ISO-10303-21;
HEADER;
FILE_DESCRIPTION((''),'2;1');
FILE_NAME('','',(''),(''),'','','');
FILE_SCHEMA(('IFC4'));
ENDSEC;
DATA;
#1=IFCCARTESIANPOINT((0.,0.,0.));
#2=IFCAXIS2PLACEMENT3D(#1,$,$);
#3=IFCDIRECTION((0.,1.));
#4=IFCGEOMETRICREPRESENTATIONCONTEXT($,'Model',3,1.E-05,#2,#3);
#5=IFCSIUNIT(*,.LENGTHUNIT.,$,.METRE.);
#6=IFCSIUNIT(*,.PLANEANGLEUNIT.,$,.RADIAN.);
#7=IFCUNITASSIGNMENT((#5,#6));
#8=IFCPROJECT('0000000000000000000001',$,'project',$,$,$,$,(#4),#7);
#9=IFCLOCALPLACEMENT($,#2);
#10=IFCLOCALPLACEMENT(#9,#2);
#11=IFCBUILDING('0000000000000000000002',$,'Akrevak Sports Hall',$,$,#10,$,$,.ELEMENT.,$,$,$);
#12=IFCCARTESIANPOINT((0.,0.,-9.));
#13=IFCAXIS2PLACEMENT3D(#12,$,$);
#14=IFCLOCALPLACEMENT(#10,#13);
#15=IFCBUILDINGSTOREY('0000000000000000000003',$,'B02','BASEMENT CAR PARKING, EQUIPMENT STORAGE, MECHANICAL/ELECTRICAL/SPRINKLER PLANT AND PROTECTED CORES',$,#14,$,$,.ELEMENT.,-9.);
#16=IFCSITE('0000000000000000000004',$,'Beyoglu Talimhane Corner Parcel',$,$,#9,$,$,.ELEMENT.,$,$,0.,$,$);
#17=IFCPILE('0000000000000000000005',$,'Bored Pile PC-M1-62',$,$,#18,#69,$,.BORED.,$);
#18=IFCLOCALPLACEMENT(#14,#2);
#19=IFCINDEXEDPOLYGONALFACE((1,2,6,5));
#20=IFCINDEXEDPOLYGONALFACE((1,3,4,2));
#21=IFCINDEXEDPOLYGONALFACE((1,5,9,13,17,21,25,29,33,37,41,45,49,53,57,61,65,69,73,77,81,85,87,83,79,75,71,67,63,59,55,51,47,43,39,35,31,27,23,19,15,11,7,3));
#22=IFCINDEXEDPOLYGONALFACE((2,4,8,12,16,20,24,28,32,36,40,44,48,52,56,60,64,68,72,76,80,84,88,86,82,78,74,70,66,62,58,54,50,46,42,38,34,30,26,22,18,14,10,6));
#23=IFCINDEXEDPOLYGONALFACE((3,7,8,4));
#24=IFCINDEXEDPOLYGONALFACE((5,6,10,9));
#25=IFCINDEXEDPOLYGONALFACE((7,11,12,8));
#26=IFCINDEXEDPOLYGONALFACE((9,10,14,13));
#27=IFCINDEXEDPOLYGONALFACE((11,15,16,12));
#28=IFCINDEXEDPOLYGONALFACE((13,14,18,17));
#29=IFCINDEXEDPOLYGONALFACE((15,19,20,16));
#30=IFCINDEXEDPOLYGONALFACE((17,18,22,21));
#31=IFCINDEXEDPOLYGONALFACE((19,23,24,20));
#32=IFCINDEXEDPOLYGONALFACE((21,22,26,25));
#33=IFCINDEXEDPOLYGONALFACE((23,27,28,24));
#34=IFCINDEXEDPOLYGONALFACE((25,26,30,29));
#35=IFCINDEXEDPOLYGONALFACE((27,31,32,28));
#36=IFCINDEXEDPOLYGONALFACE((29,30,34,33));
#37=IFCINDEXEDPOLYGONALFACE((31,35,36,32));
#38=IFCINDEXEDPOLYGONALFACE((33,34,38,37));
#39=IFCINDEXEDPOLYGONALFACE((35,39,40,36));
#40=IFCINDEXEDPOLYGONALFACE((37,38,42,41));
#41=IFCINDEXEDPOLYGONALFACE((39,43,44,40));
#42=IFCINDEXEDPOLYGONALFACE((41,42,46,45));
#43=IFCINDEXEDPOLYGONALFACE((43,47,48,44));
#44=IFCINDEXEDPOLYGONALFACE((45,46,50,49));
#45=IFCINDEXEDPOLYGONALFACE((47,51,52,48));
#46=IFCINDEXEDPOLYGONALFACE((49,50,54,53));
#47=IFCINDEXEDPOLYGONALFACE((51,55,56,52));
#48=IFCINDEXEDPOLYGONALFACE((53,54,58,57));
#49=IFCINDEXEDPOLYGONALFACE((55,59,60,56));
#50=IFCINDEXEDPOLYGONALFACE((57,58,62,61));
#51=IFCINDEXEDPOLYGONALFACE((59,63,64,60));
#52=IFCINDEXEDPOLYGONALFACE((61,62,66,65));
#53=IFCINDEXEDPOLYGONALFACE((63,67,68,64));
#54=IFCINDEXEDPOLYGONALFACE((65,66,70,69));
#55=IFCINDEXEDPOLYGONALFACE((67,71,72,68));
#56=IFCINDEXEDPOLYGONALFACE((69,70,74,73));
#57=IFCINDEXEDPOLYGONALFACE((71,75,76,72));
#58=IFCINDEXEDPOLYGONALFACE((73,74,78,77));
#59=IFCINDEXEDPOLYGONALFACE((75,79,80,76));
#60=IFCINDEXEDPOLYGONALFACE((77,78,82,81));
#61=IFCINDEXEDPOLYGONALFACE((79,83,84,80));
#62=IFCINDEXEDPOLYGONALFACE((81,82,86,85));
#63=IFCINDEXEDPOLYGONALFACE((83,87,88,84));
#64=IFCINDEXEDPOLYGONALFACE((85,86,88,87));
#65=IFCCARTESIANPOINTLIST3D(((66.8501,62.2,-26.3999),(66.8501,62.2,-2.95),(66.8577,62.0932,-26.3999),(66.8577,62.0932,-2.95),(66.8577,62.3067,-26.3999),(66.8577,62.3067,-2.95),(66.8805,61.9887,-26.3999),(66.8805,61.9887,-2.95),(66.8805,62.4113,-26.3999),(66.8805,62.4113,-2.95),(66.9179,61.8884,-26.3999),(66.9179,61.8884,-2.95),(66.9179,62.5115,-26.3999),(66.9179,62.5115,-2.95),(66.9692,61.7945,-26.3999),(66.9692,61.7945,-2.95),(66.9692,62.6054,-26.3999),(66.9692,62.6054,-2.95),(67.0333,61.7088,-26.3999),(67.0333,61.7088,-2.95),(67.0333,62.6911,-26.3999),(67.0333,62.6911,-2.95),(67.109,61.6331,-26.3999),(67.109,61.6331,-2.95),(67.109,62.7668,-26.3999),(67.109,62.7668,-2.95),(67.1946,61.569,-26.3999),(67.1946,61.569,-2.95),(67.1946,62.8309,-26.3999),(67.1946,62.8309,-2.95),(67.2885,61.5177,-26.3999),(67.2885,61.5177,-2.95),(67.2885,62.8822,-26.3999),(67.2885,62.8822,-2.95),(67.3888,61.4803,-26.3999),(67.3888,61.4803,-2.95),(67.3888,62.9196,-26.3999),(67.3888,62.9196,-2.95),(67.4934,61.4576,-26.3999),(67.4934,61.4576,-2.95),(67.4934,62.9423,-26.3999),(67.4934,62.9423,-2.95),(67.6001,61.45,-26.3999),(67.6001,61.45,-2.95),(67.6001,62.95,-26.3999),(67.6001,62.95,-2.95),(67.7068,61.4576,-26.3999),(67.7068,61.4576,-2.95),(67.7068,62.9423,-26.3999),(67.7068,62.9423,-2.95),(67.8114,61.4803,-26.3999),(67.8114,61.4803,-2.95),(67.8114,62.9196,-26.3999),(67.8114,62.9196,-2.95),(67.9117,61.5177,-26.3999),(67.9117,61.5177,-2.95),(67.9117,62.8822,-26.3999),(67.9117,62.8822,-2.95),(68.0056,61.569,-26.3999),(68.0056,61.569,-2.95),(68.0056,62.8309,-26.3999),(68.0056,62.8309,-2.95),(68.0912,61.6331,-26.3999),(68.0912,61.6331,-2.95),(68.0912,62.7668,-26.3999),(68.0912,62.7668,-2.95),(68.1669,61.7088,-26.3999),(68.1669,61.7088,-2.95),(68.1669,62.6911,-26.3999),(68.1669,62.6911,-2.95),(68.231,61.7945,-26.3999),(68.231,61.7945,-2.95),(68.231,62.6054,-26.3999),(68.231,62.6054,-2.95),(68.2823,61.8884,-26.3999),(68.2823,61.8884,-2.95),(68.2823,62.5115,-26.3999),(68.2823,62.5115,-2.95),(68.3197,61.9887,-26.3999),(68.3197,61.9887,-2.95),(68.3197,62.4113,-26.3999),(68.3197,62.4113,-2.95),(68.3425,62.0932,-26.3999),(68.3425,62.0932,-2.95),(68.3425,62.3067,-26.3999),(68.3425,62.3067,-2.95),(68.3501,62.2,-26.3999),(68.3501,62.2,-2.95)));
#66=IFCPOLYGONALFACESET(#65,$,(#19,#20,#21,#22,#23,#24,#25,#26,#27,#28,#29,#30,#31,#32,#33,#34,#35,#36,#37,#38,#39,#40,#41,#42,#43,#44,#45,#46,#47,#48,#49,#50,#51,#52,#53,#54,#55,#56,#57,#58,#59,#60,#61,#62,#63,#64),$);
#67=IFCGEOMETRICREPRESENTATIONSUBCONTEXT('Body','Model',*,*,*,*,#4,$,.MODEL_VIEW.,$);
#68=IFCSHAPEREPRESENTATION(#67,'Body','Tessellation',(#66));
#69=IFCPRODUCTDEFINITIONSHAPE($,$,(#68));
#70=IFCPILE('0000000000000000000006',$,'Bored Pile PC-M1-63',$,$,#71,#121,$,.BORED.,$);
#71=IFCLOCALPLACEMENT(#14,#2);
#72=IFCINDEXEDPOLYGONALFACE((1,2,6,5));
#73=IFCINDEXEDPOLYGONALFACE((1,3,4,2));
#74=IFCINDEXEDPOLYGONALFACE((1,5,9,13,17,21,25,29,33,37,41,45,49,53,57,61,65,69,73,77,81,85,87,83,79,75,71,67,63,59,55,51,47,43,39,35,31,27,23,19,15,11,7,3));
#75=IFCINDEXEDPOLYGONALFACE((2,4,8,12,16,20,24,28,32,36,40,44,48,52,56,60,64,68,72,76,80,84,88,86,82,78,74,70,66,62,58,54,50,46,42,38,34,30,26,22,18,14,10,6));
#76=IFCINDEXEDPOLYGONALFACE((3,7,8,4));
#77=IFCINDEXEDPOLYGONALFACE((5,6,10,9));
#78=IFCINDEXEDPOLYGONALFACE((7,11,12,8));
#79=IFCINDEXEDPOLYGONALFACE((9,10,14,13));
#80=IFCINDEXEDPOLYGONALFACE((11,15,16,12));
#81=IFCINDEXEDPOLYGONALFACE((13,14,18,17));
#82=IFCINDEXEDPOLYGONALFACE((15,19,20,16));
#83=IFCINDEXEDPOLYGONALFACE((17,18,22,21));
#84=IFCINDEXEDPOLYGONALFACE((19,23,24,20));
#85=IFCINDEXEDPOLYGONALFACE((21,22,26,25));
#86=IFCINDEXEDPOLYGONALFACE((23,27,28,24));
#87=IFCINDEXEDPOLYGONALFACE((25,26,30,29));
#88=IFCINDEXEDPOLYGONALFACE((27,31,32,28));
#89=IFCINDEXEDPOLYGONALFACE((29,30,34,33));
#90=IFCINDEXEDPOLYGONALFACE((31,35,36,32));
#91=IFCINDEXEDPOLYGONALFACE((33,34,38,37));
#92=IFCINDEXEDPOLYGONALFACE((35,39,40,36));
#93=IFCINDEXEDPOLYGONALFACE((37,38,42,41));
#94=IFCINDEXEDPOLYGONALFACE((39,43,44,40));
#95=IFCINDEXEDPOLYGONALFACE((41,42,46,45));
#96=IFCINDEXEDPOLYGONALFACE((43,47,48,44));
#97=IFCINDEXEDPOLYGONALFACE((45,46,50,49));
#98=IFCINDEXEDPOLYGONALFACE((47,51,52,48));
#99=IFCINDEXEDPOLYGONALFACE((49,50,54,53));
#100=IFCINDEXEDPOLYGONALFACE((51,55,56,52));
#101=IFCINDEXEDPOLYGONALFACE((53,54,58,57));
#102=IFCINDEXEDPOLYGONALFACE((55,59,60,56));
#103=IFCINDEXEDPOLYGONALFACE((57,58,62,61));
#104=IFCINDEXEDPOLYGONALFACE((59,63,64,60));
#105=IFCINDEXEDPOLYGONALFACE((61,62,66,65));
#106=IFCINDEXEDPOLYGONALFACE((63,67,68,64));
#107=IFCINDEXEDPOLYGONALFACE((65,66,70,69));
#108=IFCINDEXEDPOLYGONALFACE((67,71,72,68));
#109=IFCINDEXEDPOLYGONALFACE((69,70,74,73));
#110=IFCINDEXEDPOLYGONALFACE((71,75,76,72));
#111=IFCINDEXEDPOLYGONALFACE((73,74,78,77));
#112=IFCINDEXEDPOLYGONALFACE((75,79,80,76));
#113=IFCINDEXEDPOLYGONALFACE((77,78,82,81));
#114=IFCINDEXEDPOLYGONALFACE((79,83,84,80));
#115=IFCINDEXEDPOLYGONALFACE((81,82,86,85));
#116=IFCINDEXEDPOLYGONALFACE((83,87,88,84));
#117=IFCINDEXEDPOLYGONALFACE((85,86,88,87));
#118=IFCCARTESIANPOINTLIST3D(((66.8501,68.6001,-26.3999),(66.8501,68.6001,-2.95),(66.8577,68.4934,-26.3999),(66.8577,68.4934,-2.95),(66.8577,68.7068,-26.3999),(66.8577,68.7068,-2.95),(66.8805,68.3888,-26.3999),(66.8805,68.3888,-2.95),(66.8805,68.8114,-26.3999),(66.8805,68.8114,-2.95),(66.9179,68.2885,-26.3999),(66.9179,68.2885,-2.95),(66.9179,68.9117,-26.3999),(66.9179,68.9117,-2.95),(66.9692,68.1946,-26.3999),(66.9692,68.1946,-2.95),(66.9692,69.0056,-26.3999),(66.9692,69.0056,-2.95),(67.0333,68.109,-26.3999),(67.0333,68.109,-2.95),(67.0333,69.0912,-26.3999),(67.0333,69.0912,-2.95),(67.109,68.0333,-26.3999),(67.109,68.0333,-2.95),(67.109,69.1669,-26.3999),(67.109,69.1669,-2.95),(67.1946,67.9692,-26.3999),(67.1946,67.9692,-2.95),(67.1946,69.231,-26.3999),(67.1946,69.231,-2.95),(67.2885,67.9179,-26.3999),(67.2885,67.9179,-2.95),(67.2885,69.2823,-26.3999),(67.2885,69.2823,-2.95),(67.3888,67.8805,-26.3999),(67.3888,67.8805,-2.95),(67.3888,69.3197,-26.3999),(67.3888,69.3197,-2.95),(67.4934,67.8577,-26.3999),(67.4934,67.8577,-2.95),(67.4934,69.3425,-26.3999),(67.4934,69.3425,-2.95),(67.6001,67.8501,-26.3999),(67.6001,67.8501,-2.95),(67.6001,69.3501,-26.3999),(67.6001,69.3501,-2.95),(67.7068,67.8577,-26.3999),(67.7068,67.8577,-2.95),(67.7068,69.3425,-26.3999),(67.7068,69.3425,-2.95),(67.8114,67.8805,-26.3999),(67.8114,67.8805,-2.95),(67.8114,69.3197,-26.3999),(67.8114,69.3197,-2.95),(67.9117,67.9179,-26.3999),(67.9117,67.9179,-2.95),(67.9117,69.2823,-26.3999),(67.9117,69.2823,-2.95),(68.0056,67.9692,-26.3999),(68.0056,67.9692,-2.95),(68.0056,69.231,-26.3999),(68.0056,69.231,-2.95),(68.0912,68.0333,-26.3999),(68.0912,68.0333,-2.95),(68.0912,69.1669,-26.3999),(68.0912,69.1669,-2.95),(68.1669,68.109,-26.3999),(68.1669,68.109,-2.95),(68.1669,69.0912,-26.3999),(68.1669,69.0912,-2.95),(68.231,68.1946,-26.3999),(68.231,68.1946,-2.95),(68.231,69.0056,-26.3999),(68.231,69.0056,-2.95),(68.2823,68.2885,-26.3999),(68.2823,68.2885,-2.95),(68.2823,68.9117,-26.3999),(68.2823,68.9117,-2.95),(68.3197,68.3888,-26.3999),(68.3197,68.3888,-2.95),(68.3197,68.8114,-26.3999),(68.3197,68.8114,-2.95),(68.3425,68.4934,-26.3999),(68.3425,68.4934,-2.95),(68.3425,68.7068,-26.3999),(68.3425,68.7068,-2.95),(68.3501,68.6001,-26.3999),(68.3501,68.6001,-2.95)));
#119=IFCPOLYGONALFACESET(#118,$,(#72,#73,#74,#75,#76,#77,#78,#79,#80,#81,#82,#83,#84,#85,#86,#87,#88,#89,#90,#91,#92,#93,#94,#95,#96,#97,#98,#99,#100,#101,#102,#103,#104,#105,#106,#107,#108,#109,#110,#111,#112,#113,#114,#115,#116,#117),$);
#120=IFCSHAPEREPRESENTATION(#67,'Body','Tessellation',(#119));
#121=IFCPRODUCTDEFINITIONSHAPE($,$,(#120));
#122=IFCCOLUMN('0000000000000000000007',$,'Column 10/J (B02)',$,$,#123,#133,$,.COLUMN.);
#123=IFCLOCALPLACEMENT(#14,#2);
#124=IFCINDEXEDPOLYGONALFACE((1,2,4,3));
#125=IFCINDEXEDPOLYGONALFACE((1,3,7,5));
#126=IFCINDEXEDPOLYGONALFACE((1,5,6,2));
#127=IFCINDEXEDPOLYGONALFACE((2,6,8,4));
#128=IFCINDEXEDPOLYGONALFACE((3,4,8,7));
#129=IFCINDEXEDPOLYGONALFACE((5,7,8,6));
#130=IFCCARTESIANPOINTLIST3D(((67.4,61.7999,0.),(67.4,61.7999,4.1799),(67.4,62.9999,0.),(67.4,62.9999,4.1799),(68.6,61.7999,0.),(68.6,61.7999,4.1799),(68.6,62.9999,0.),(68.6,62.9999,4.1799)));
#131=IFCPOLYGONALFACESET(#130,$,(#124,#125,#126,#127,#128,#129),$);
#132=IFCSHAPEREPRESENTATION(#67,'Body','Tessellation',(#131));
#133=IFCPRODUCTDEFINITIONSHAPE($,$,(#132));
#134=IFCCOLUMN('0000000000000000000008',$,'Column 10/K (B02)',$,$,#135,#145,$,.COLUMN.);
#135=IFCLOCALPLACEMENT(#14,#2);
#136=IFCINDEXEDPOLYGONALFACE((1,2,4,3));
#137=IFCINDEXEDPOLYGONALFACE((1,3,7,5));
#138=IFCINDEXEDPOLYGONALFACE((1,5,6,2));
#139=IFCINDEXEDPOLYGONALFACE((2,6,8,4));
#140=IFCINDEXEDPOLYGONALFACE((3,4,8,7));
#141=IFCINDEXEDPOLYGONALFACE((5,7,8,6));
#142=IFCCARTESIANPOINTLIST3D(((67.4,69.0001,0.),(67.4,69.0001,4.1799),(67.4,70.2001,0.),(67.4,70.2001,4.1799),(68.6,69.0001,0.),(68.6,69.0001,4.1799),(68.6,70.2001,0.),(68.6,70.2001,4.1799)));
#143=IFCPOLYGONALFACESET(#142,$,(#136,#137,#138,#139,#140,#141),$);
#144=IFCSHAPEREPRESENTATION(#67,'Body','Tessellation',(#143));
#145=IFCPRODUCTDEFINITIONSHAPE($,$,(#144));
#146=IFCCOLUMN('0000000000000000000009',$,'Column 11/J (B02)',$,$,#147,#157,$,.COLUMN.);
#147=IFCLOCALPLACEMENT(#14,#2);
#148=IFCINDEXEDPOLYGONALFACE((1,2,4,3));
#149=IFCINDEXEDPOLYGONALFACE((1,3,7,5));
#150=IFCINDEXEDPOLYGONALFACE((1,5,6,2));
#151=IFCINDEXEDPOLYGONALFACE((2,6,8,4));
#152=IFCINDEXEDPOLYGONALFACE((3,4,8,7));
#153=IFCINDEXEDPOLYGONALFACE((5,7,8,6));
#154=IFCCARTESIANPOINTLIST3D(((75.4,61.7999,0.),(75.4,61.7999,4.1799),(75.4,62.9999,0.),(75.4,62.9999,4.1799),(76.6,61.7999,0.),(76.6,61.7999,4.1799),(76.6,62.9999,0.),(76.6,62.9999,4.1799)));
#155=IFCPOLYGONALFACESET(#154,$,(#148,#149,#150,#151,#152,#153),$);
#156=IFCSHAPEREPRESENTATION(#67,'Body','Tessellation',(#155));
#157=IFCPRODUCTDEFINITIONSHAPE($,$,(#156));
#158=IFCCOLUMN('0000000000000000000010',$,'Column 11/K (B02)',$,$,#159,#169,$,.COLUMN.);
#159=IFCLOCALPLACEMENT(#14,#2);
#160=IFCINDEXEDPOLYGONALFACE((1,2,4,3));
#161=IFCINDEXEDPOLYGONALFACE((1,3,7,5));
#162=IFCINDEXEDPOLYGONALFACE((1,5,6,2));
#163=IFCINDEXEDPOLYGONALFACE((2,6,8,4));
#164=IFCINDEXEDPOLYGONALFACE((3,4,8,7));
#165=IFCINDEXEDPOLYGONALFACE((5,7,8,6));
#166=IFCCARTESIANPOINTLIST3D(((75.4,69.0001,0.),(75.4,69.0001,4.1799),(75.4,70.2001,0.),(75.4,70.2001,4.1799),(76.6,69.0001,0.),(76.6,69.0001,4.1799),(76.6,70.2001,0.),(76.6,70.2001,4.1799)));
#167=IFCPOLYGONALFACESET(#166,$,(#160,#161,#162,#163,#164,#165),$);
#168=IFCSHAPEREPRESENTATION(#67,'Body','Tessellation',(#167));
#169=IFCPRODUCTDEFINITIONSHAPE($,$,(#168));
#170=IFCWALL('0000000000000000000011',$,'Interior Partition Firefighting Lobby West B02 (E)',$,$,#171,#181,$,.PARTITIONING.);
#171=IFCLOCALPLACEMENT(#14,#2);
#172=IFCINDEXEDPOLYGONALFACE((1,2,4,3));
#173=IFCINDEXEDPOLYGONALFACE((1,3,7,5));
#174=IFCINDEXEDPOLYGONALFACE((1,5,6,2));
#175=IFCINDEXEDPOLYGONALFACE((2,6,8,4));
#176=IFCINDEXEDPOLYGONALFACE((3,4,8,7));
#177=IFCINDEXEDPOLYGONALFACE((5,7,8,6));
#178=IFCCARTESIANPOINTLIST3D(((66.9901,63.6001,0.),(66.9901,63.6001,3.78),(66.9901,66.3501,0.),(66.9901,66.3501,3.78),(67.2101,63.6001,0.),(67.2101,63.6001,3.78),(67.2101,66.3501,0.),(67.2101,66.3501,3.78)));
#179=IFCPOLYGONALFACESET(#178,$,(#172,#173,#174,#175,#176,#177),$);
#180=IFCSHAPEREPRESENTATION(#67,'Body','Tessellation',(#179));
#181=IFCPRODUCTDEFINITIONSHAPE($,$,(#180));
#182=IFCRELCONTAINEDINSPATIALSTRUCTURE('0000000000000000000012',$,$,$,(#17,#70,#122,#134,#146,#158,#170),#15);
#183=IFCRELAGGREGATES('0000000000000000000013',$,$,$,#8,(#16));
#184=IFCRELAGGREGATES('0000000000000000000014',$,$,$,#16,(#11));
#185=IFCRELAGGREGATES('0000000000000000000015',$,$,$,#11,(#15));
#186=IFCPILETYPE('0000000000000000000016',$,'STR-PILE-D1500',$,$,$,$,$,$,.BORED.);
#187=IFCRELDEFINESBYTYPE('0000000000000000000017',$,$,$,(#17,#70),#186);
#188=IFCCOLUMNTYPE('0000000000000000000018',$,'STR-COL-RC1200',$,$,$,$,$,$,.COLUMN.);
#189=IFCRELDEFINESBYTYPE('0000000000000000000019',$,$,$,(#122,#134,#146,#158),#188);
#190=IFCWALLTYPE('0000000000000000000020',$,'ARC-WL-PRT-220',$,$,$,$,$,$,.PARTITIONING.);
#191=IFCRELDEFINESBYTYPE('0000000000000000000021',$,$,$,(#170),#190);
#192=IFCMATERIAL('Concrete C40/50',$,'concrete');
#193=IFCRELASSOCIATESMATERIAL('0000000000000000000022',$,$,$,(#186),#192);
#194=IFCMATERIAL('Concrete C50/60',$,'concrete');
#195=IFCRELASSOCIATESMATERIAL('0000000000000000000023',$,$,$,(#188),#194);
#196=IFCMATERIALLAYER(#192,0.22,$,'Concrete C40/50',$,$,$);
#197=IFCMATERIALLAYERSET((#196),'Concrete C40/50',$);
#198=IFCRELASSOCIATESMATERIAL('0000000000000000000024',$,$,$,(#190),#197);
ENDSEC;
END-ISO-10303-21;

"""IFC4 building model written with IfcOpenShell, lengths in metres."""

from ifc_helpers import new_model, si_unit, direction, frame, frame_2d, origin, origin_2d, place, context, subcontext, project, spatial, rectangle, circle, extrude, material, layer, layer_set, material_profile, profile_set, type_object, element, save


model = new_model("IFC4")

# Units and contexts
model_context = context("Model", 3, precision=1e-05, world=origin(), true_north=direction((0.0, 1.0)))
body_context = subcontext(model_context, "Body", "Model", "MODEL_VIEW")
ifc_project = project(units=[si_unit("LENGTHUNIT", "METRE"), si_unit("PLANEANGLEUNIT", "RADIAN")], contexts=[model_context])

# Site, building, storey
site_placement = place(None, origin())
site = spatial("IfcSite", under=ifc_project, at=site_placement, Name="Beyoglu Talimhane Corner Parcel", CompositionType="ELEMENT", RefElevation=0.0)
building_placement = place(site_placement, origin())
building = spatial("IfcBuilding", under=site, at=building_placement, Name="Akrevak Sports Hall", CompositionType="ELEMENT")
storey_placement = place(building_placement, frame((0.0, 0.0, -9.0)))
storey = spatial("IfcBuildingStorey", under=building, at=storey_placement, Name="B02", Description="BASEMENT CAR PARKING, EQUIPMENT STORAGE, MECHANICAL/ELECTRICAL/SPRINKLER PLANT AND PROTECTED CORES", CompositionType="ELEMENT", Elevation=-9.0)

# Shared definitions
ifc_material_1 = material(Name="Concrete C40/50", Category="concrete")

# Piles
ifc_material_profile_1 = material_profile(ifc_material_1, circle(Radius=0.75, at=origin_2d()), Name="BORED PILE D1500", Category="concrete")
ifc_profile_set_1 = profile_set([ifc_material_profile_1], Name="Concrete C40/50")
pile_type_1 = type_object("IfcPileType", Name="STR-PILE-D1500", PredefinedType="BORED", material=ifc_profile_set_1)
for number, where, z_axis, x_axis, name in (
    (1, (67.6001, 62.2, -2.95), (0.0, 0.0, -1.0), (1.0, 0.0, 0.0), "Bored Pile PC-M1-62"),
    (2, (67.6001, 68.6001, -2.95), (0.0, 0.0, -1.0), (1.0, 0.0, 0.0), "Bored Pile PC-M1-63"),
):
    element("IfcPile", number, at=place(storey_placement, frame(where, z_axis=z_axis, x_axis=x_axis)), inside=storey, type_object=pile_type_1, Name=name, PredefinedType="BORED", context=body_context, shape_type="SweptSolid", body=[
        extrude(circle(Radius=0.75, at=origin_2d()), origin(), (0.0, 0.0, 1.0), 23.45),
    ])

# Columns
ifc_material_2 = material(Name="Concrete C50/60", Category="concrete")
ifc_material_profile_2 = material_profile(ifc_material_2, rectangle(XDim=1.2, YDim=1.2, at=origin_2d()), Name="RC 1200x1200", Category="concrete")
ifc_profile_set_2 = profile_set([ifc_material_profile_2], Name="Concrete C50/60")
column_type = type_object("IfcColumnType", Name="STR-COL-RC1200", PredefinedType="COLUMN", material=ifc_profile_set_2)
for number, where, z_axis, x_axis, name in (
    (3, (68.0, 62.3999, 0.0), (0.0, 0.0, 1.0), (1.0, 0.0, 0.0), "Column 10/J (B02)"),
    (4, (68.0, 69.6001, 0.0), (0.0, 0.0, 1.0), (1.0, 0.0, 0.0), "Column 10/K (B02)"),
    (5, (76.0, 62.3999, 0.0), (0.0, 0.0, 1.0), (1.0, 0.0, 0.0), "Column 11/J (B02)"),
    (6, (76.0, 69.6001, 0.0), (0.0, 0.0, 1.0), (1.0, 0.0, 0.0), "Column 11/K (B02)"),
):
    element("IfcColumn", number, at=place(storey_placement, frame(where, z_axis=z_axis, x_axis=x_axis)), inside=storey, type_object=column_type, Name=name, PredefinedType="COLUMN", context=body_context, shape_type="SweptSolid", body=[
        extrude(rectangle(XDim=1.2, YDim=1.2, at=origin_2d()), origin(), (0.0, 0.0, 1.0), 4.1799),
    ])

# Wall
ifc_layer_1 = layer(ifc_material_1, 0.22, Name="Concrete C40/50")
ifc_layer_set_1 = layer_set([ifc_layer_1], Name="Concrete C40/50")
wall_type_1 = type_object("IfcWallType", Name="ARC-WL-PRT-220", PredefinedType="PARTITIONING", material=ifc_layer_set_1)
wall_1_placement = place(storey_placement, frame((67.1001, 63.6001, 0.0), z_axis=(0.0, 0.0, 1.0), x_axis=(0.0, 1.0, 0.0)))
element("IfcWall", 7, at=wall_1_placement, inside=storey, type_object=wall_type_1, Name="Interior Partition Firefighting Lobby West B02 (E)", PredefinedType="PARTITIONING", context=body_context, shape_type="SweptSolid", body=[
    extrude(rectangle(XDim=2.75, YDim=0.22, at=frame_2d((1.375, 0.0))), origin(), (0.0, 0.0, 1.0), 3.78),
])

save(model, "model.ifc")
